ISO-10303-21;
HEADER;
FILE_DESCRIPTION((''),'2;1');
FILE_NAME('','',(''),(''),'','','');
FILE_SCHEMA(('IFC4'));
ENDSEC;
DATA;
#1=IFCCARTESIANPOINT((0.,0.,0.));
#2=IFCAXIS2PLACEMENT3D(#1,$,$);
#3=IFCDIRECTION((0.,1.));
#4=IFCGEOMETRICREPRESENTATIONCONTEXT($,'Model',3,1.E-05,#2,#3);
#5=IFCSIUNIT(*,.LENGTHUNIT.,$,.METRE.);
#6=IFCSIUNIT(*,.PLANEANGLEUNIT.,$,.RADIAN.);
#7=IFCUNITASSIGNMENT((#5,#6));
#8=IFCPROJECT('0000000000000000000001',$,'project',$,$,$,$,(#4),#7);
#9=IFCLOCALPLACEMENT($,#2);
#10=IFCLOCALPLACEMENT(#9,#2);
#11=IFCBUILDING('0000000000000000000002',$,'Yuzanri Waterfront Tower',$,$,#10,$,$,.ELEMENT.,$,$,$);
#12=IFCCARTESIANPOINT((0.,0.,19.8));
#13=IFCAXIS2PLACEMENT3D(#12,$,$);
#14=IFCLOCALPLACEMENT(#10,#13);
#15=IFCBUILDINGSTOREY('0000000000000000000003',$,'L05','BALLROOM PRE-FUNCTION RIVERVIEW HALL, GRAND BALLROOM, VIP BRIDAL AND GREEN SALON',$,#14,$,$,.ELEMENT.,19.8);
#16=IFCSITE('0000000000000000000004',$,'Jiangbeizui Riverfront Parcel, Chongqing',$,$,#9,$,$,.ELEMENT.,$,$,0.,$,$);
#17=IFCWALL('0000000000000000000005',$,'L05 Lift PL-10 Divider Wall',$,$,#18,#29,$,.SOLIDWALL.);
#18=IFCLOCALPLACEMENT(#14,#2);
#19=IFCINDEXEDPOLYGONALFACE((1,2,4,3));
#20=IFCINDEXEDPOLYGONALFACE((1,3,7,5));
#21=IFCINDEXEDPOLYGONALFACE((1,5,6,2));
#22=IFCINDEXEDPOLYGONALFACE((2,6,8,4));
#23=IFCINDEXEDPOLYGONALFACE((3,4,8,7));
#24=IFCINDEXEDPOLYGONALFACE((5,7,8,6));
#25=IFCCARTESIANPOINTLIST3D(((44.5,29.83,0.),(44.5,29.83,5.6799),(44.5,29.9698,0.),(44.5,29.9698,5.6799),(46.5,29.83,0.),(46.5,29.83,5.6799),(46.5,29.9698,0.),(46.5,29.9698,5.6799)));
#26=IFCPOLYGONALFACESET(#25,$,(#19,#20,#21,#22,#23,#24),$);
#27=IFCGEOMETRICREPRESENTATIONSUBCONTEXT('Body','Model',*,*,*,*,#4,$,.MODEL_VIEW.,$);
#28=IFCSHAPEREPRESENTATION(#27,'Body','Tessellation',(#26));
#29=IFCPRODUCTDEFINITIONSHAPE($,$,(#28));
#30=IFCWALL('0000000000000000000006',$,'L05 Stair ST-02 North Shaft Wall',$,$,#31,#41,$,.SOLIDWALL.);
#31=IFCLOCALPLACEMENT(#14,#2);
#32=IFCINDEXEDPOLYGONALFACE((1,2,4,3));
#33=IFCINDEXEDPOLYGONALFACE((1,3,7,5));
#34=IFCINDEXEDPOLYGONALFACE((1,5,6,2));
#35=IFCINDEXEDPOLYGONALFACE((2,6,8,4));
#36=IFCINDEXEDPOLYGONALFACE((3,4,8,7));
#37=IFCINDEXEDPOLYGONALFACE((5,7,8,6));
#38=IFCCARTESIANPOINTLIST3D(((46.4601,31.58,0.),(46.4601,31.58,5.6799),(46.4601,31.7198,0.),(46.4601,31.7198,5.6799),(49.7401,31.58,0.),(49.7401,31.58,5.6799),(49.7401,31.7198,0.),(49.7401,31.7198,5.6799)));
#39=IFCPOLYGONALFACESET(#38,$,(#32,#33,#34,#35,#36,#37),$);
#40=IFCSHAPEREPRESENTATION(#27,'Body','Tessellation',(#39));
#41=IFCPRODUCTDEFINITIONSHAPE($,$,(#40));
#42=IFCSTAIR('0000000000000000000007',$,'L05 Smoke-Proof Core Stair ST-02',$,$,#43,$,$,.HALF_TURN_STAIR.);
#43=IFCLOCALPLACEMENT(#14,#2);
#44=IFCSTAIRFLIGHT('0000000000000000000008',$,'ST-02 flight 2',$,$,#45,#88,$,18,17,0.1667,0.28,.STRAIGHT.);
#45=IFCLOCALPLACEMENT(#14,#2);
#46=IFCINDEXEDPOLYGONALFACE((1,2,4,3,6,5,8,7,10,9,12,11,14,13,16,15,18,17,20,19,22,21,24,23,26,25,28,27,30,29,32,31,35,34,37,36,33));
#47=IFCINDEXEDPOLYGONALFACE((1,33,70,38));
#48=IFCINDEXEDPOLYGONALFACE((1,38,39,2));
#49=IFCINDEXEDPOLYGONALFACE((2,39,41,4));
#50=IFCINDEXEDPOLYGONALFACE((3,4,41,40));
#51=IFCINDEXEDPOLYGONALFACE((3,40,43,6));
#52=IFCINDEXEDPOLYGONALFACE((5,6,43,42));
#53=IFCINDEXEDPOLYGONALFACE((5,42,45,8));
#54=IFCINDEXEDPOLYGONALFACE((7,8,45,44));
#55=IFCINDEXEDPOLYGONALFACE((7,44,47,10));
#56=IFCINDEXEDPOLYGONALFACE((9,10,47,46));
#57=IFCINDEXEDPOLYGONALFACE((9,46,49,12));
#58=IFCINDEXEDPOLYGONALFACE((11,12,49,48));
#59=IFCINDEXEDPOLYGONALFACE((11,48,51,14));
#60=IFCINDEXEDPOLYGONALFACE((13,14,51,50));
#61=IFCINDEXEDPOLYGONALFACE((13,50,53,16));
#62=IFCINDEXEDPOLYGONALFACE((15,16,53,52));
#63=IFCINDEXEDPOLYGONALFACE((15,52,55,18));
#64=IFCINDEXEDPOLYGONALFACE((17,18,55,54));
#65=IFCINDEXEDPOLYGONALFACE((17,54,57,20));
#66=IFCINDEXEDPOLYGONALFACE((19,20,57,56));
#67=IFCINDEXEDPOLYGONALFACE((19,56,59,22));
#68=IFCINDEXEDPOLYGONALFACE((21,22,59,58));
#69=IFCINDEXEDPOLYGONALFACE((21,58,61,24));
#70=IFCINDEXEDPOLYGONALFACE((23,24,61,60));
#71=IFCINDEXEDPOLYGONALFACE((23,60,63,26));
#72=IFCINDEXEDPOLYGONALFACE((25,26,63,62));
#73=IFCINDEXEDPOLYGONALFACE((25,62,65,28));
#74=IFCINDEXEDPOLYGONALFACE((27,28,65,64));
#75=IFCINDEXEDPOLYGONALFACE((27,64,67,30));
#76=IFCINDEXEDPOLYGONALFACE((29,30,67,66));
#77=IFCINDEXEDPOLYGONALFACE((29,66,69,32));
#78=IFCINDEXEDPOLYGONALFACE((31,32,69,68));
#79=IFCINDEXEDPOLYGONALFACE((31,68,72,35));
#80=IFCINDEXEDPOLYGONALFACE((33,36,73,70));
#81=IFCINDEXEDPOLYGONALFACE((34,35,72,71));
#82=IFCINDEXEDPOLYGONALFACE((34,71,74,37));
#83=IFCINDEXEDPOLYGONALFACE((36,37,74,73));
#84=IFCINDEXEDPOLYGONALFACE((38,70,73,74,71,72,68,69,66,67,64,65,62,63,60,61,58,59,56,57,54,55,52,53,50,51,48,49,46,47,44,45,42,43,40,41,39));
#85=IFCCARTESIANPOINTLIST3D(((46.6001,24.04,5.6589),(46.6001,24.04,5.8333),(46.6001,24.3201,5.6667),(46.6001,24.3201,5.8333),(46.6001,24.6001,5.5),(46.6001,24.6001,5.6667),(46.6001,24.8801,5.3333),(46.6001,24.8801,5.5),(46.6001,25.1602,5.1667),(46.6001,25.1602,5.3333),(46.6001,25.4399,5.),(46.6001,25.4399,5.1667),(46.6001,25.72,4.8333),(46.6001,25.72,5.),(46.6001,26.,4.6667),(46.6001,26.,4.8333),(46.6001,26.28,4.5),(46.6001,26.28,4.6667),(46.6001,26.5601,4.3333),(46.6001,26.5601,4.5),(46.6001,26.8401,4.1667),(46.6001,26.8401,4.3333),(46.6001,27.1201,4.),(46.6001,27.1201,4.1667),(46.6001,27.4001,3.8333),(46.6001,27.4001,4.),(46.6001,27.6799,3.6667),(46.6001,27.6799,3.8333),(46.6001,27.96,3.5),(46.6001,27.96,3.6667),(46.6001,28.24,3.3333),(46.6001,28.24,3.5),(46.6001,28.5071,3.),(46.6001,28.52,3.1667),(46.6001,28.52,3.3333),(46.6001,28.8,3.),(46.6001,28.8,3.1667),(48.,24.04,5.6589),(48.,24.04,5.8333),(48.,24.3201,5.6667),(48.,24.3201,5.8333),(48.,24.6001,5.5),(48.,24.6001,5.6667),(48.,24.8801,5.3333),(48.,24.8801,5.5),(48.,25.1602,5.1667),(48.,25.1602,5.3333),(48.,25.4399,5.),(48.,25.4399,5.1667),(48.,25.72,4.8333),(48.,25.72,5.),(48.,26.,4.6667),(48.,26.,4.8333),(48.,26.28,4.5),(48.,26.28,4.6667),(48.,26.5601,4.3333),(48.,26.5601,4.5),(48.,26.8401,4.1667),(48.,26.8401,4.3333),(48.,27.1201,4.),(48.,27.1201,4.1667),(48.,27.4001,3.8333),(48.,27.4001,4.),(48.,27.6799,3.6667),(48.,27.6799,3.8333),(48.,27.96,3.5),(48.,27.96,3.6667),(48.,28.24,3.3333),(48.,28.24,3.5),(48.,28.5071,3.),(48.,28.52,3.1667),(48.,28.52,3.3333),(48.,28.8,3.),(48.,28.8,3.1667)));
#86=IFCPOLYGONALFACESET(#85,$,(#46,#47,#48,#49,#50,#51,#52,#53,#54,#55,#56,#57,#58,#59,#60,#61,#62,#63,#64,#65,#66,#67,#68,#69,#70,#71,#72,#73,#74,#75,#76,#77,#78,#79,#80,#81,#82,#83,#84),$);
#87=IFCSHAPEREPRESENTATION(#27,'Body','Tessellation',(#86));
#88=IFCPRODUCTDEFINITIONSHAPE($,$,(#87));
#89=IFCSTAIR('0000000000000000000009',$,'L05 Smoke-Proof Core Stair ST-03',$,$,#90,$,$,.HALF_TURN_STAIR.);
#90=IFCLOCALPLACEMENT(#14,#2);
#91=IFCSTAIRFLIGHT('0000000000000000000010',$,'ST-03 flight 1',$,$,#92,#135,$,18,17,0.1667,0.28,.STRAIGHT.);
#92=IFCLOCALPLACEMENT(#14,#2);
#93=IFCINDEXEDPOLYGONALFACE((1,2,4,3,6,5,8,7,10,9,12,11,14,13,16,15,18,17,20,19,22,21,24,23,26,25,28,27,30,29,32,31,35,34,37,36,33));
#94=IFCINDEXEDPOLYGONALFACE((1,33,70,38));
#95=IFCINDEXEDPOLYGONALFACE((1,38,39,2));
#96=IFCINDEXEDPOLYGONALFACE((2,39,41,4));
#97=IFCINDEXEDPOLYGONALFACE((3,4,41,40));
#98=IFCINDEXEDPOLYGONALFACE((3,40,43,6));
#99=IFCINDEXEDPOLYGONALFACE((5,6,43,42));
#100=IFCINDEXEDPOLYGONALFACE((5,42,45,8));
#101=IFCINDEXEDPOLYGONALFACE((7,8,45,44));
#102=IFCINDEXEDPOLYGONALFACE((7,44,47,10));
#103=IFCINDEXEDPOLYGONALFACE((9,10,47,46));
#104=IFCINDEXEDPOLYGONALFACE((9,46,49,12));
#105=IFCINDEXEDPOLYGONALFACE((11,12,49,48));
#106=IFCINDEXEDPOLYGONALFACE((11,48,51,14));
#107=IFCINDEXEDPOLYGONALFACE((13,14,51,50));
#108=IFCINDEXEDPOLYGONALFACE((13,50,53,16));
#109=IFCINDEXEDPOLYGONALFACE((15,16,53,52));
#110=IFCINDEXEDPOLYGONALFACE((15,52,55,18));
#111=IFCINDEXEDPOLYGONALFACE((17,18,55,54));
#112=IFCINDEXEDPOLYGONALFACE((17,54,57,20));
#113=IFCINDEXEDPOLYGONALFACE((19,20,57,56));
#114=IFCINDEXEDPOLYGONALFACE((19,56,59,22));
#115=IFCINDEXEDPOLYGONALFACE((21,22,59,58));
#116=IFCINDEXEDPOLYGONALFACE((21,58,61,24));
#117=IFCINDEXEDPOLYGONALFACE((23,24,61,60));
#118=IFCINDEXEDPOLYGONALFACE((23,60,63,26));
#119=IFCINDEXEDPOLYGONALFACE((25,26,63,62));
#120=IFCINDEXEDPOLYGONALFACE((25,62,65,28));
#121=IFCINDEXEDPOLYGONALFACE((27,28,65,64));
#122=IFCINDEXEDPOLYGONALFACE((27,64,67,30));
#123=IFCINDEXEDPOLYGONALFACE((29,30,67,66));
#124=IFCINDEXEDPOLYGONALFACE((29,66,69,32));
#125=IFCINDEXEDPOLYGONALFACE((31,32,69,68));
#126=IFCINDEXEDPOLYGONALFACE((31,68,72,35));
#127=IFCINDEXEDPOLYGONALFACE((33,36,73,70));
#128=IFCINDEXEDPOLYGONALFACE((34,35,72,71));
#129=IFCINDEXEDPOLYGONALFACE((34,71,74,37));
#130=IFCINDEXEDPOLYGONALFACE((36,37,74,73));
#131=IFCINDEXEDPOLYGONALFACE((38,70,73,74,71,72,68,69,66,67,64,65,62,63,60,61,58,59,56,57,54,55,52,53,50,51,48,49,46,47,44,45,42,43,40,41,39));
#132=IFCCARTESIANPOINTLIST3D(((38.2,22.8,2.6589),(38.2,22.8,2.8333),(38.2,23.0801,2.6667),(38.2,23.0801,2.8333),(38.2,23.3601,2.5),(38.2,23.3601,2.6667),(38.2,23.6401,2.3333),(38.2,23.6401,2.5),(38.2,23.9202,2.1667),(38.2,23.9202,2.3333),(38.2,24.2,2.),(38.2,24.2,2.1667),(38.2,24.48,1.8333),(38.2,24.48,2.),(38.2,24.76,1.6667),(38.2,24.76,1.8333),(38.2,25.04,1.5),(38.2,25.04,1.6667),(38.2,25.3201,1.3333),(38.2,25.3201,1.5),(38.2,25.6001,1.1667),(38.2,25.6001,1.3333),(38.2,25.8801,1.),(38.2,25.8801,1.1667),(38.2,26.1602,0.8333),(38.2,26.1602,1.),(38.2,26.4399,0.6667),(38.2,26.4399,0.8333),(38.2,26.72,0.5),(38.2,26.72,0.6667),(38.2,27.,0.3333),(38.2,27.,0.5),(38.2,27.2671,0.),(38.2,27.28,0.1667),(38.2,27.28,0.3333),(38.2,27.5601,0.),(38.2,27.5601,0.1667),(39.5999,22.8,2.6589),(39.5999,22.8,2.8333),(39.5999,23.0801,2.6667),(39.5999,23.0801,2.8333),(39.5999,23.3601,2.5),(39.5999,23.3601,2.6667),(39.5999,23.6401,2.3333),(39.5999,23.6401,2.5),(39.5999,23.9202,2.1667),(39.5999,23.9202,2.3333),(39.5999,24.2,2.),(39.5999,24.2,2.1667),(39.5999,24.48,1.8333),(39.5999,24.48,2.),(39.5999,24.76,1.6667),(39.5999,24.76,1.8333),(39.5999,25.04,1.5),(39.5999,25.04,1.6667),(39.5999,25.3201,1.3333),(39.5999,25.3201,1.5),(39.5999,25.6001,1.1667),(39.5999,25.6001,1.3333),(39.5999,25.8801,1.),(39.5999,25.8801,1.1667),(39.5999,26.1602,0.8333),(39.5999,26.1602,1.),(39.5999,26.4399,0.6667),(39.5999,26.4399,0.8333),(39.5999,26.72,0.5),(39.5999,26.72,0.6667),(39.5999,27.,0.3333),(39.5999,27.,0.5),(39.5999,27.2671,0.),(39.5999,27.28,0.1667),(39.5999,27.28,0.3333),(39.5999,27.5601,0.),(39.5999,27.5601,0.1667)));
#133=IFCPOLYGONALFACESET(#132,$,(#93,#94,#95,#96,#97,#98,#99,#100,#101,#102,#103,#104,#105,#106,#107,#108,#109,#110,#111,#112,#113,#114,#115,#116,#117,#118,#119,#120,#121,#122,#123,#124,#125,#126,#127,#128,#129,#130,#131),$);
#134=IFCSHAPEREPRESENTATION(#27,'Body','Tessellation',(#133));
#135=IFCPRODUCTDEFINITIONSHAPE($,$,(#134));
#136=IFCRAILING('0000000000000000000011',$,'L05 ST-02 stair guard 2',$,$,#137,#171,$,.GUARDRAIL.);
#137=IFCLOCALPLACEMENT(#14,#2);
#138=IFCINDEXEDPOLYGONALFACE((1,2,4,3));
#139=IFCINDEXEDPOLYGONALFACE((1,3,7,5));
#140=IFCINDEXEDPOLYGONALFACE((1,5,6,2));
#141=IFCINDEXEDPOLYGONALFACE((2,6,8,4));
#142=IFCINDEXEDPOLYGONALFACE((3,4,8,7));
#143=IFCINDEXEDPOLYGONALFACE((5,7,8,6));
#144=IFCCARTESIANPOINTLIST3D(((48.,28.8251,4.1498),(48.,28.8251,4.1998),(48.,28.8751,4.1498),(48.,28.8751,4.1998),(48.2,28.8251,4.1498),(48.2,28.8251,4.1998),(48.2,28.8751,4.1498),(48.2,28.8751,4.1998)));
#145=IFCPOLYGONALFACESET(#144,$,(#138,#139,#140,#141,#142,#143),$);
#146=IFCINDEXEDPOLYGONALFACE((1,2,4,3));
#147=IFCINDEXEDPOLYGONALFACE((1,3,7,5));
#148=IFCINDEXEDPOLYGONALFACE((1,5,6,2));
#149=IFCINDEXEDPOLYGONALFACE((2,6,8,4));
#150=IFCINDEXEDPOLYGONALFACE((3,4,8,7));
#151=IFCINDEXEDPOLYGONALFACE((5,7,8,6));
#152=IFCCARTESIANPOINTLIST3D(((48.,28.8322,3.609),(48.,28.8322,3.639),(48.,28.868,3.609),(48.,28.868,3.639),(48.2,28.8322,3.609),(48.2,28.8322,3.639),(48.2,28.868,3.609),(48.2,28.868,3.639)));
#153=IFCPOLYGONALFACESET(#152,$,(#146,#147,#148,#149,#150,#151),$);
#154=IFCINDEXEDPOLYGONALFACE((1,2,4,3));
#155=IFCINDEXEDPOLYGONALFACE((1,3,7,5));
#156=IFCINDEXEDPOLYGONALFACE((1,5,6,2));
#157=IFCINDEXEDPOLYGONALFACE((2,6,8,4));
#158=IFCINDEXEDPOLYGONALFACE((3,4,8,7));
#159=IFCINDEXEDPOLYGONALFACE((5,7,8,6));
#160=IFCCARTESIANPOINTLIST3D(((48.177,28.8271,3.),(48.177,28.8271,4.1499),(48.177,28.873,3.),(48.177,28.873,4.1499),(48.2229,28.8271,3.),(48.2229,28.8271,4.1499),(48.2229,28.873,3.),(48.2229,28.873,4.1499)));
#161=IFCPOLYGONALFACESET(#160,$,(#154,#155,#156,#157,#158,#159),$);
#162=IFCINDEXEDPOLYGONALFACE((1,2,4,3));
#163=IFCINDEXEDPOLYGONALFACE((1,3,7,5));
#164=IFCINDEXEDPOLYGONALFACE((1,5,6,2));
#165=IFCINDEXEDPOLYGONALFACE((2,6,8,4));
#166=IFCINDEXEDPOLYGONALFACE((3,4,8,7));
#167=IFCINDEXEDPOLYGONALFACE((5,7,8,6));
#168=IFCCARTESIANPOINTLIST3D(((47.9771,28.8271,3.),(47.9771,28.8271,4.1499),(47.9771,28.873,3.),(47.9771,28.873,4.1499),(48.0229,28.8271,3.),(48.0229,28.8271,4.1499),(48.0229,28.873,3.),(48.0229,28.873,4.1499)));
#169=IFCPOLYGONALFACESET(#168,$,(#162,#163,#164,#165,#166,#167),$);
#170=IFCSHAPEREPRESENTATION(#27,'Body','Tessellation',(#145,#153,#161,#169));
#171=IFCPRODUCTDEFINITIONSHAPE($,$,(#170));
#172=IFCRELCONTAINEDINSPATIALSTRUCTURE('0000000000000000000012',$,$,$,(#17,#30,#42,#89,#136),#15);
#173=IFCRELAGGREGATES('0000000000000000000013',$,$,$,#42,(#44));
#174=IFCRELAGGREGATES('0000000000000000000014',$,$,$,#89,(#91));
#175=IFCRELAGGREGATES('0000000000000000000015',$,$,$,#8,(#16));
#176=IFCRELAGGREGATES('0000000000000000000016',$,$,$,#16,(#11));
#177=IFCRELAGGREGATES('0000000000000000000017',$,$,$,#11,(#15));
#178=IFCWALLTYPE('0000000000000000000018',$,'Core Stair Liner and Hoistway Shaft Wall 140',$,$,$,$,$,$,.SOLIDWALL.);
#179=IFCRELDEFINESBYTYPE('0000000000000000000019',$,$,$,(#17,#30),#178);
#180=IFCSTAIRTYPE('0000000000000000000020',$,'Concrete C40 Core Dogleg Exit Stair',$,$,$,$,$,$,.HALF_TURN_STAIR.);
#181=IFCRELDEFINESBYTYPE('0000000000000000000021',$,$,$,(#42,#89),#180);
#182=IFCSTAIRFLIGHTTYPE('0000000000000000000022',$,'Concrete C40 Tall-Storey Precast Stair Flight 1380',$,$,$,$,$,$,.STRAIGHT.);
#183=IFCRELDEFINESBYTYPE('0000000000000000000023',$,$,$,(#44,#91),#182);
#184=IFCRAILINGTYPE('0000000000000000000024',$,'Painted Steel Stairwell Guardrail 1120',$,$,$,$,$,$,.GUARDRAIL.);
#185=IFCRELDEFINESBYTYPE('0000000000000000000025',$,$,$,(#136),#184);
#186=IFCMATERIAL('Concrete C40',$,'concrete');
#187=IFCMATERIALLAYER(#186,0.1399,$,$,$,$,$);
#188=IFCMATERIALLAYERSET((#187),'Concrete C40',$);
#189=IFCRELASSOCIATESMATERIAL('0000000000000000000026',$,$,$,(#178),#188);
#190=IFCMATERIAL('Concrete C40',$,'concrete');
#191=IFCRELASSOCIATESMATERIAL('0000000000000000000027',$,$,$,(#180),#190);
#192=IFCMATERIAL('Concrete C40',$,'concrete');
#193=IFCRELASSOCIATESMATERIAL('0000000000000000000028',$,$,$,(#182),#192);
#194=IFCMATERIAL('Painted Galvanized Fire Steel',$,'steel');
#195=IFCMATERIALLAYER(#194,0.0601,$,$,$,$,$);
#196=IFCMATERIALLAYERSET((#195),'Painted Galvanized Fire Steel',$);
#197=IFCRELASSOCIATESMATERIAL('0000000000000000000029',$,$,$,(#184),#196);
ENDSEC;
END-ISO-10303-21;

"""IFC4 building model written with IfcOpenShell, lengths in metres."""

from ifc_helpers import new_model, si_unit, direction, frame, frame_2d, origin, origin_2d, place, context, subcontext, project, spatial, polyline, rectangle, outline, extrude, source, transform, mapped, material, layer, layer_set, type_object, element, aggregate, save


model = new_model("IFC4")

# Units and contexts
model_context = context("Model", 3, precision=1e-05, world=origin(), true_north=direction((0.0, 1.0)))
body_context = subcontext(model_context, "Body", "Model", "MODEL_VIEW")
ifc_project = project(units=[si_unit("LENGTHUNIT", "METRE"), si_unit("PLANEANGLEUNIT", "RADIAN")], contexts=[model_context])

# Site, building, storey
site_placement = place(None, origin())
site = spatial("IfcSite", under=ifc_project, at=site_placement, Name="Jiangbeizui Riverfront Parcel, Chongqing", CompositionType="ELEMENT", RefElevation=0.0)
building_placement = place(site_placement, origin())
building = spatial("IfcBuilding", under=site, at=building_placement, Name="Yuzanri Waterfront Tower", CompositionType="ELEMENT")
storey_placement = place(building_placement, frame((0.0, 0.0, 19.8)))
storey = spatial("IfcBuildingStorey", under=building, at=storey_placement, Name="L05", Description="BALLROOM PRE-FUNCTION RIVERVIEW HALL, GRAND BALLROOM, VIP BRIDAL AND GREEN SALON", CompositionType="ELEMENT", Elevation=19.8)

# Shared definitions
ifc_material_1 = material(Name="Concrete C40", Category="concrete")
ifc_layer_1 = layer(ifc_material_1, 0.1399)
ifc_layer_set_1 = layer_set([ifc_layer_1], Name="Concrete C40")
wall_type = type_object("IfcWallType", Name="Core Stair Liner and Hoistway Shaft Wall 140", PredefinedType="SOLIDWALL", material=ifc_layer_set_1)

# Walls
shared_shape_1 = source(origin(), body_context, "Body", "SweptSolid", [
    extrude(rectangle(XDim=2.0, YDim=0.1399, at=frame_2d((1.0, 0.0))), origin(), (0.0, 0.0, 1.0), 5.6799),
])
for number, where, z_axis, x_axis, name in (
    (1, (44.5, 29.8999, 0.0), (0.0, 0.0, 1.0), (1.0, 0.0, 0.0), "L05 Lift PL-10 Divider Wall"),
):
    element("IfcWall", number, at=place(storey_placement, frame(where, z_axis=z_axis, x_axis=x_axis)), inside=storey, type_object=wall_type, Name=name, PredefinedType="SOLIDWALL", context=body_context, shape_type="MappedRepresentation", body=[
        mapped(shared_shape_1, transform((0.0, 0.0, 0.0), scale=1.0)),
    ])
shared_shape_2 = source(origin(), body_context, "Body", "SweptSolid", [
    extrude(rectangle(XDim=3.28, YDim=0.1399, at=frame_2d((1.6401, 0.0))), origin(), (0.0, 0.0, 1.0), 5.6799),
])
wall_1_placement = place(storey_placement, frame((46.46, 31.6499, 0.0), z_axis=(0.0, 0.0, 1.0), x_axis=(1.0, 0.0, 0.0)))
element("IfcWall", 2, at=wall_1_placement, inside=storey, type_object=wall_type, Name="L05 Stair ST-02 North Shaft Wall", PredefinedType="SOLIDWALL", context=body_context, shape_type="MappedRepresentation", body=[
    mapped(shared_shape_2, transform((0.0, 0.0, 0.0), scale=1.0)),
])

# Stairs, stair flights
ifc_material_2 = material(Name="Concrete C40", Category="concrete")
stair_type = type_object("IfcStairType", Name="Concrete C40 Core Dogleg Exit Stair", PredefinedType="HALF_TURN_STAIR", material=ifc_material_2)
stair_1_placement = place(storey_placement, origin())
stair_1 = element("IfcStair", 3, at=stair_1_placement, inside=storey, type_object=stair_type, Name="L05 Smoke-Proof Core Stair ST-02", PredefinedType="HALF_TURN_STAIR")
ifc_material_3 = material(Name="Concrete C40", Category="concrete")
stair_flight_type = type_object("IfcStairFlightType", Name="Concrete C40 Tall-Storey Precast Stair Flight 1380", PredefinedType="STRAIGHT", material=ifc_material_3)
shared_shape_3 = source(origin(), body_context, "Body", "SweptSolid", [
    extrude(outline(polyline([(0.0, 0.0), (0.0, 0.1667), (0.28, 0.1667), (0.28, 0.3333), (0.5601, 0.3333), (0.5601, 0.5), (0.8401, 0.5), (0.8401, 0.6667), (1.1201, 0.6667), (1.1201, 0.8333), (1.3999, 0.8333), (1.3999, 1.0), (1.6799, 1.0), (1.6799, 1.1667), (1.96, 1.1667), (1.96, 1.3333), (2.24, 1.3333), (2.24, 1.5), (2.52, 1.5), (2.52, 1.6667), (2.8, 1.6667), (2.8, 1.8333), (3.0801, 1.8333), (3.0801, 2.0), (3.3601, 2.0), (3.3601, 2.1667), (3.6399, 2.1667), (3.6399, 2.3333), (3.9199, 2.3333), (3.9199, 2.5), (4.2, 2.5), (4.2, 2.6667), (4.48, 2.6667), (4.48, 2.8333), (4.76, 2.8333), (4.76, 3.0), (4.76, 2.6589), (0.293, 0.0), (0.0, 0.0)])), frame((0.0, 0.7, 0.0), z_axis=(0.0, -1.0, 0.0), x_axis=(1.0, 0.0, 0.0)), (0.0, 0.0, 1.0), 1.3999),
])
stair_flight_1_placement = place(storey_placement, frame((47.3, 28.8, 3.0), z_axis=(0.0, 0.0, 1.0), x_axis=(0.0, -1.0, 0.0)))
stair_flight_1 = element("IfcStairFlight", 4, at=stair_flight_1_placement, type_object=stair_flight_type, Name="ST-02 flight 2", NumberOfRisers=18, NumberOfTreads=17, PredefinedType="STRAIGHT", RiserHeight=0.1667, TreadLength=0.28, context=body_context, shape_type="MappedRepresentation", body=[
    mapped(shared_shape_3, transform((0.0, 0.0, 0.0), scale=1.0)),
])
aggregate(stair_1, [stair_flight_1])
stair_2_placement = place(storey_placement, origin())
stair_2 = element("IfcStair", 5, at=stair_2_placement, inside=storey, type_object=stair_type, Name="L05 Smoke-Proof Core Stair ST-03", PredefinedType="HALF_TURN_STAIR")
stair_flight_2_placement = place(storey_placement, frame((38.8999, 27.5601, 0.0), z_axis=(0.0, 0.0, 1.0), x_axis=(0.0, -1.0, 0.0)))
stair_flight_2 = element("IfcStairFlight", 6, at=stair_flight_2_placement, type_object=stair_flight_type, Name="ST-03 flight 1", NumberOfRisers=18, NumberOfTreads=17, PredefinedType="STRAIGHT", RiserHeight=0.1667, TreadLength=0.28, context=body_context, shape_type="MappedRepresentation", body=[
    mapped(shared_shape_3, transform((0.0, 0.0, 0.0), scale=1.0)),
])
aggregate(stair_2, [stair_flight_2])

# Railing
ifc_material_4 = material(Name="Painted Galvanized Fire Steel", Category="steel")
ifc_layer_2 = layer(ifc_material_4, 0.0601)
ifc_layer_set_2 = layer_set([ifc_layer_2], Name="Painted Galvanized Fire Steel")
railing_type_1 = type_object("IfcRailingType", Name="Painted Steel Stairwell Guardrail 1120", PredefinedType="GUARDRAIL", material=ifc_layer_set_2)
shared_shape_4 = source(origin(), body_context, "Body", "SweptSolid", [
    extrude(rectangle(XDim=0.05, YDim=0.05, at=origin_2d()), frame((0.0, 0.0, 1.1748), z_axis=(-1.0, 0.0, 0.0), x_axis=(0.0, -1.0, 0.0)), (0.0, 0.0, 1.0), 0.2),
    extrude(rectangle(XDim=0.0359, YDim=0.03, at=origin_2d()), frame((0.0, 0.0, 0.624), z_axis=(-1.0, 0.0, 0.0), x_axis=(0.0, -1.0, 0.0)), (0.0, 0.0, 1.0), 0.2),
    extrude(rectangle(XDim=0.0459, YDim=0.0459, at=origin_2d()), origin(), (0.0, 0.0, 1.0), 1.1499),
    extrude(rectangle(XDim=0.0459, YDim=0.0459, at=origin_2d()), frame((-0.2, 0.0, 0.0)), (0.0, 0.0, 1.0), 1.1499),
])
railing_1_placement = place(storey_placement, frame((48.2, 28.8501, 3.0)))
element("IfcRailing", 7, at=railing_1_placement, inside=storey, type_object=railing_type_1, Name="L05 ST-02 stair guard 2", PredefinedType="GUARDRAIL", context=body_context, shape_type="MappedRepresentation", body=[
    mapped(shared_shape_4, transform((0.0, 0.0, 0.0), scale=1.0)),
])

save(model, "model.ifc")
